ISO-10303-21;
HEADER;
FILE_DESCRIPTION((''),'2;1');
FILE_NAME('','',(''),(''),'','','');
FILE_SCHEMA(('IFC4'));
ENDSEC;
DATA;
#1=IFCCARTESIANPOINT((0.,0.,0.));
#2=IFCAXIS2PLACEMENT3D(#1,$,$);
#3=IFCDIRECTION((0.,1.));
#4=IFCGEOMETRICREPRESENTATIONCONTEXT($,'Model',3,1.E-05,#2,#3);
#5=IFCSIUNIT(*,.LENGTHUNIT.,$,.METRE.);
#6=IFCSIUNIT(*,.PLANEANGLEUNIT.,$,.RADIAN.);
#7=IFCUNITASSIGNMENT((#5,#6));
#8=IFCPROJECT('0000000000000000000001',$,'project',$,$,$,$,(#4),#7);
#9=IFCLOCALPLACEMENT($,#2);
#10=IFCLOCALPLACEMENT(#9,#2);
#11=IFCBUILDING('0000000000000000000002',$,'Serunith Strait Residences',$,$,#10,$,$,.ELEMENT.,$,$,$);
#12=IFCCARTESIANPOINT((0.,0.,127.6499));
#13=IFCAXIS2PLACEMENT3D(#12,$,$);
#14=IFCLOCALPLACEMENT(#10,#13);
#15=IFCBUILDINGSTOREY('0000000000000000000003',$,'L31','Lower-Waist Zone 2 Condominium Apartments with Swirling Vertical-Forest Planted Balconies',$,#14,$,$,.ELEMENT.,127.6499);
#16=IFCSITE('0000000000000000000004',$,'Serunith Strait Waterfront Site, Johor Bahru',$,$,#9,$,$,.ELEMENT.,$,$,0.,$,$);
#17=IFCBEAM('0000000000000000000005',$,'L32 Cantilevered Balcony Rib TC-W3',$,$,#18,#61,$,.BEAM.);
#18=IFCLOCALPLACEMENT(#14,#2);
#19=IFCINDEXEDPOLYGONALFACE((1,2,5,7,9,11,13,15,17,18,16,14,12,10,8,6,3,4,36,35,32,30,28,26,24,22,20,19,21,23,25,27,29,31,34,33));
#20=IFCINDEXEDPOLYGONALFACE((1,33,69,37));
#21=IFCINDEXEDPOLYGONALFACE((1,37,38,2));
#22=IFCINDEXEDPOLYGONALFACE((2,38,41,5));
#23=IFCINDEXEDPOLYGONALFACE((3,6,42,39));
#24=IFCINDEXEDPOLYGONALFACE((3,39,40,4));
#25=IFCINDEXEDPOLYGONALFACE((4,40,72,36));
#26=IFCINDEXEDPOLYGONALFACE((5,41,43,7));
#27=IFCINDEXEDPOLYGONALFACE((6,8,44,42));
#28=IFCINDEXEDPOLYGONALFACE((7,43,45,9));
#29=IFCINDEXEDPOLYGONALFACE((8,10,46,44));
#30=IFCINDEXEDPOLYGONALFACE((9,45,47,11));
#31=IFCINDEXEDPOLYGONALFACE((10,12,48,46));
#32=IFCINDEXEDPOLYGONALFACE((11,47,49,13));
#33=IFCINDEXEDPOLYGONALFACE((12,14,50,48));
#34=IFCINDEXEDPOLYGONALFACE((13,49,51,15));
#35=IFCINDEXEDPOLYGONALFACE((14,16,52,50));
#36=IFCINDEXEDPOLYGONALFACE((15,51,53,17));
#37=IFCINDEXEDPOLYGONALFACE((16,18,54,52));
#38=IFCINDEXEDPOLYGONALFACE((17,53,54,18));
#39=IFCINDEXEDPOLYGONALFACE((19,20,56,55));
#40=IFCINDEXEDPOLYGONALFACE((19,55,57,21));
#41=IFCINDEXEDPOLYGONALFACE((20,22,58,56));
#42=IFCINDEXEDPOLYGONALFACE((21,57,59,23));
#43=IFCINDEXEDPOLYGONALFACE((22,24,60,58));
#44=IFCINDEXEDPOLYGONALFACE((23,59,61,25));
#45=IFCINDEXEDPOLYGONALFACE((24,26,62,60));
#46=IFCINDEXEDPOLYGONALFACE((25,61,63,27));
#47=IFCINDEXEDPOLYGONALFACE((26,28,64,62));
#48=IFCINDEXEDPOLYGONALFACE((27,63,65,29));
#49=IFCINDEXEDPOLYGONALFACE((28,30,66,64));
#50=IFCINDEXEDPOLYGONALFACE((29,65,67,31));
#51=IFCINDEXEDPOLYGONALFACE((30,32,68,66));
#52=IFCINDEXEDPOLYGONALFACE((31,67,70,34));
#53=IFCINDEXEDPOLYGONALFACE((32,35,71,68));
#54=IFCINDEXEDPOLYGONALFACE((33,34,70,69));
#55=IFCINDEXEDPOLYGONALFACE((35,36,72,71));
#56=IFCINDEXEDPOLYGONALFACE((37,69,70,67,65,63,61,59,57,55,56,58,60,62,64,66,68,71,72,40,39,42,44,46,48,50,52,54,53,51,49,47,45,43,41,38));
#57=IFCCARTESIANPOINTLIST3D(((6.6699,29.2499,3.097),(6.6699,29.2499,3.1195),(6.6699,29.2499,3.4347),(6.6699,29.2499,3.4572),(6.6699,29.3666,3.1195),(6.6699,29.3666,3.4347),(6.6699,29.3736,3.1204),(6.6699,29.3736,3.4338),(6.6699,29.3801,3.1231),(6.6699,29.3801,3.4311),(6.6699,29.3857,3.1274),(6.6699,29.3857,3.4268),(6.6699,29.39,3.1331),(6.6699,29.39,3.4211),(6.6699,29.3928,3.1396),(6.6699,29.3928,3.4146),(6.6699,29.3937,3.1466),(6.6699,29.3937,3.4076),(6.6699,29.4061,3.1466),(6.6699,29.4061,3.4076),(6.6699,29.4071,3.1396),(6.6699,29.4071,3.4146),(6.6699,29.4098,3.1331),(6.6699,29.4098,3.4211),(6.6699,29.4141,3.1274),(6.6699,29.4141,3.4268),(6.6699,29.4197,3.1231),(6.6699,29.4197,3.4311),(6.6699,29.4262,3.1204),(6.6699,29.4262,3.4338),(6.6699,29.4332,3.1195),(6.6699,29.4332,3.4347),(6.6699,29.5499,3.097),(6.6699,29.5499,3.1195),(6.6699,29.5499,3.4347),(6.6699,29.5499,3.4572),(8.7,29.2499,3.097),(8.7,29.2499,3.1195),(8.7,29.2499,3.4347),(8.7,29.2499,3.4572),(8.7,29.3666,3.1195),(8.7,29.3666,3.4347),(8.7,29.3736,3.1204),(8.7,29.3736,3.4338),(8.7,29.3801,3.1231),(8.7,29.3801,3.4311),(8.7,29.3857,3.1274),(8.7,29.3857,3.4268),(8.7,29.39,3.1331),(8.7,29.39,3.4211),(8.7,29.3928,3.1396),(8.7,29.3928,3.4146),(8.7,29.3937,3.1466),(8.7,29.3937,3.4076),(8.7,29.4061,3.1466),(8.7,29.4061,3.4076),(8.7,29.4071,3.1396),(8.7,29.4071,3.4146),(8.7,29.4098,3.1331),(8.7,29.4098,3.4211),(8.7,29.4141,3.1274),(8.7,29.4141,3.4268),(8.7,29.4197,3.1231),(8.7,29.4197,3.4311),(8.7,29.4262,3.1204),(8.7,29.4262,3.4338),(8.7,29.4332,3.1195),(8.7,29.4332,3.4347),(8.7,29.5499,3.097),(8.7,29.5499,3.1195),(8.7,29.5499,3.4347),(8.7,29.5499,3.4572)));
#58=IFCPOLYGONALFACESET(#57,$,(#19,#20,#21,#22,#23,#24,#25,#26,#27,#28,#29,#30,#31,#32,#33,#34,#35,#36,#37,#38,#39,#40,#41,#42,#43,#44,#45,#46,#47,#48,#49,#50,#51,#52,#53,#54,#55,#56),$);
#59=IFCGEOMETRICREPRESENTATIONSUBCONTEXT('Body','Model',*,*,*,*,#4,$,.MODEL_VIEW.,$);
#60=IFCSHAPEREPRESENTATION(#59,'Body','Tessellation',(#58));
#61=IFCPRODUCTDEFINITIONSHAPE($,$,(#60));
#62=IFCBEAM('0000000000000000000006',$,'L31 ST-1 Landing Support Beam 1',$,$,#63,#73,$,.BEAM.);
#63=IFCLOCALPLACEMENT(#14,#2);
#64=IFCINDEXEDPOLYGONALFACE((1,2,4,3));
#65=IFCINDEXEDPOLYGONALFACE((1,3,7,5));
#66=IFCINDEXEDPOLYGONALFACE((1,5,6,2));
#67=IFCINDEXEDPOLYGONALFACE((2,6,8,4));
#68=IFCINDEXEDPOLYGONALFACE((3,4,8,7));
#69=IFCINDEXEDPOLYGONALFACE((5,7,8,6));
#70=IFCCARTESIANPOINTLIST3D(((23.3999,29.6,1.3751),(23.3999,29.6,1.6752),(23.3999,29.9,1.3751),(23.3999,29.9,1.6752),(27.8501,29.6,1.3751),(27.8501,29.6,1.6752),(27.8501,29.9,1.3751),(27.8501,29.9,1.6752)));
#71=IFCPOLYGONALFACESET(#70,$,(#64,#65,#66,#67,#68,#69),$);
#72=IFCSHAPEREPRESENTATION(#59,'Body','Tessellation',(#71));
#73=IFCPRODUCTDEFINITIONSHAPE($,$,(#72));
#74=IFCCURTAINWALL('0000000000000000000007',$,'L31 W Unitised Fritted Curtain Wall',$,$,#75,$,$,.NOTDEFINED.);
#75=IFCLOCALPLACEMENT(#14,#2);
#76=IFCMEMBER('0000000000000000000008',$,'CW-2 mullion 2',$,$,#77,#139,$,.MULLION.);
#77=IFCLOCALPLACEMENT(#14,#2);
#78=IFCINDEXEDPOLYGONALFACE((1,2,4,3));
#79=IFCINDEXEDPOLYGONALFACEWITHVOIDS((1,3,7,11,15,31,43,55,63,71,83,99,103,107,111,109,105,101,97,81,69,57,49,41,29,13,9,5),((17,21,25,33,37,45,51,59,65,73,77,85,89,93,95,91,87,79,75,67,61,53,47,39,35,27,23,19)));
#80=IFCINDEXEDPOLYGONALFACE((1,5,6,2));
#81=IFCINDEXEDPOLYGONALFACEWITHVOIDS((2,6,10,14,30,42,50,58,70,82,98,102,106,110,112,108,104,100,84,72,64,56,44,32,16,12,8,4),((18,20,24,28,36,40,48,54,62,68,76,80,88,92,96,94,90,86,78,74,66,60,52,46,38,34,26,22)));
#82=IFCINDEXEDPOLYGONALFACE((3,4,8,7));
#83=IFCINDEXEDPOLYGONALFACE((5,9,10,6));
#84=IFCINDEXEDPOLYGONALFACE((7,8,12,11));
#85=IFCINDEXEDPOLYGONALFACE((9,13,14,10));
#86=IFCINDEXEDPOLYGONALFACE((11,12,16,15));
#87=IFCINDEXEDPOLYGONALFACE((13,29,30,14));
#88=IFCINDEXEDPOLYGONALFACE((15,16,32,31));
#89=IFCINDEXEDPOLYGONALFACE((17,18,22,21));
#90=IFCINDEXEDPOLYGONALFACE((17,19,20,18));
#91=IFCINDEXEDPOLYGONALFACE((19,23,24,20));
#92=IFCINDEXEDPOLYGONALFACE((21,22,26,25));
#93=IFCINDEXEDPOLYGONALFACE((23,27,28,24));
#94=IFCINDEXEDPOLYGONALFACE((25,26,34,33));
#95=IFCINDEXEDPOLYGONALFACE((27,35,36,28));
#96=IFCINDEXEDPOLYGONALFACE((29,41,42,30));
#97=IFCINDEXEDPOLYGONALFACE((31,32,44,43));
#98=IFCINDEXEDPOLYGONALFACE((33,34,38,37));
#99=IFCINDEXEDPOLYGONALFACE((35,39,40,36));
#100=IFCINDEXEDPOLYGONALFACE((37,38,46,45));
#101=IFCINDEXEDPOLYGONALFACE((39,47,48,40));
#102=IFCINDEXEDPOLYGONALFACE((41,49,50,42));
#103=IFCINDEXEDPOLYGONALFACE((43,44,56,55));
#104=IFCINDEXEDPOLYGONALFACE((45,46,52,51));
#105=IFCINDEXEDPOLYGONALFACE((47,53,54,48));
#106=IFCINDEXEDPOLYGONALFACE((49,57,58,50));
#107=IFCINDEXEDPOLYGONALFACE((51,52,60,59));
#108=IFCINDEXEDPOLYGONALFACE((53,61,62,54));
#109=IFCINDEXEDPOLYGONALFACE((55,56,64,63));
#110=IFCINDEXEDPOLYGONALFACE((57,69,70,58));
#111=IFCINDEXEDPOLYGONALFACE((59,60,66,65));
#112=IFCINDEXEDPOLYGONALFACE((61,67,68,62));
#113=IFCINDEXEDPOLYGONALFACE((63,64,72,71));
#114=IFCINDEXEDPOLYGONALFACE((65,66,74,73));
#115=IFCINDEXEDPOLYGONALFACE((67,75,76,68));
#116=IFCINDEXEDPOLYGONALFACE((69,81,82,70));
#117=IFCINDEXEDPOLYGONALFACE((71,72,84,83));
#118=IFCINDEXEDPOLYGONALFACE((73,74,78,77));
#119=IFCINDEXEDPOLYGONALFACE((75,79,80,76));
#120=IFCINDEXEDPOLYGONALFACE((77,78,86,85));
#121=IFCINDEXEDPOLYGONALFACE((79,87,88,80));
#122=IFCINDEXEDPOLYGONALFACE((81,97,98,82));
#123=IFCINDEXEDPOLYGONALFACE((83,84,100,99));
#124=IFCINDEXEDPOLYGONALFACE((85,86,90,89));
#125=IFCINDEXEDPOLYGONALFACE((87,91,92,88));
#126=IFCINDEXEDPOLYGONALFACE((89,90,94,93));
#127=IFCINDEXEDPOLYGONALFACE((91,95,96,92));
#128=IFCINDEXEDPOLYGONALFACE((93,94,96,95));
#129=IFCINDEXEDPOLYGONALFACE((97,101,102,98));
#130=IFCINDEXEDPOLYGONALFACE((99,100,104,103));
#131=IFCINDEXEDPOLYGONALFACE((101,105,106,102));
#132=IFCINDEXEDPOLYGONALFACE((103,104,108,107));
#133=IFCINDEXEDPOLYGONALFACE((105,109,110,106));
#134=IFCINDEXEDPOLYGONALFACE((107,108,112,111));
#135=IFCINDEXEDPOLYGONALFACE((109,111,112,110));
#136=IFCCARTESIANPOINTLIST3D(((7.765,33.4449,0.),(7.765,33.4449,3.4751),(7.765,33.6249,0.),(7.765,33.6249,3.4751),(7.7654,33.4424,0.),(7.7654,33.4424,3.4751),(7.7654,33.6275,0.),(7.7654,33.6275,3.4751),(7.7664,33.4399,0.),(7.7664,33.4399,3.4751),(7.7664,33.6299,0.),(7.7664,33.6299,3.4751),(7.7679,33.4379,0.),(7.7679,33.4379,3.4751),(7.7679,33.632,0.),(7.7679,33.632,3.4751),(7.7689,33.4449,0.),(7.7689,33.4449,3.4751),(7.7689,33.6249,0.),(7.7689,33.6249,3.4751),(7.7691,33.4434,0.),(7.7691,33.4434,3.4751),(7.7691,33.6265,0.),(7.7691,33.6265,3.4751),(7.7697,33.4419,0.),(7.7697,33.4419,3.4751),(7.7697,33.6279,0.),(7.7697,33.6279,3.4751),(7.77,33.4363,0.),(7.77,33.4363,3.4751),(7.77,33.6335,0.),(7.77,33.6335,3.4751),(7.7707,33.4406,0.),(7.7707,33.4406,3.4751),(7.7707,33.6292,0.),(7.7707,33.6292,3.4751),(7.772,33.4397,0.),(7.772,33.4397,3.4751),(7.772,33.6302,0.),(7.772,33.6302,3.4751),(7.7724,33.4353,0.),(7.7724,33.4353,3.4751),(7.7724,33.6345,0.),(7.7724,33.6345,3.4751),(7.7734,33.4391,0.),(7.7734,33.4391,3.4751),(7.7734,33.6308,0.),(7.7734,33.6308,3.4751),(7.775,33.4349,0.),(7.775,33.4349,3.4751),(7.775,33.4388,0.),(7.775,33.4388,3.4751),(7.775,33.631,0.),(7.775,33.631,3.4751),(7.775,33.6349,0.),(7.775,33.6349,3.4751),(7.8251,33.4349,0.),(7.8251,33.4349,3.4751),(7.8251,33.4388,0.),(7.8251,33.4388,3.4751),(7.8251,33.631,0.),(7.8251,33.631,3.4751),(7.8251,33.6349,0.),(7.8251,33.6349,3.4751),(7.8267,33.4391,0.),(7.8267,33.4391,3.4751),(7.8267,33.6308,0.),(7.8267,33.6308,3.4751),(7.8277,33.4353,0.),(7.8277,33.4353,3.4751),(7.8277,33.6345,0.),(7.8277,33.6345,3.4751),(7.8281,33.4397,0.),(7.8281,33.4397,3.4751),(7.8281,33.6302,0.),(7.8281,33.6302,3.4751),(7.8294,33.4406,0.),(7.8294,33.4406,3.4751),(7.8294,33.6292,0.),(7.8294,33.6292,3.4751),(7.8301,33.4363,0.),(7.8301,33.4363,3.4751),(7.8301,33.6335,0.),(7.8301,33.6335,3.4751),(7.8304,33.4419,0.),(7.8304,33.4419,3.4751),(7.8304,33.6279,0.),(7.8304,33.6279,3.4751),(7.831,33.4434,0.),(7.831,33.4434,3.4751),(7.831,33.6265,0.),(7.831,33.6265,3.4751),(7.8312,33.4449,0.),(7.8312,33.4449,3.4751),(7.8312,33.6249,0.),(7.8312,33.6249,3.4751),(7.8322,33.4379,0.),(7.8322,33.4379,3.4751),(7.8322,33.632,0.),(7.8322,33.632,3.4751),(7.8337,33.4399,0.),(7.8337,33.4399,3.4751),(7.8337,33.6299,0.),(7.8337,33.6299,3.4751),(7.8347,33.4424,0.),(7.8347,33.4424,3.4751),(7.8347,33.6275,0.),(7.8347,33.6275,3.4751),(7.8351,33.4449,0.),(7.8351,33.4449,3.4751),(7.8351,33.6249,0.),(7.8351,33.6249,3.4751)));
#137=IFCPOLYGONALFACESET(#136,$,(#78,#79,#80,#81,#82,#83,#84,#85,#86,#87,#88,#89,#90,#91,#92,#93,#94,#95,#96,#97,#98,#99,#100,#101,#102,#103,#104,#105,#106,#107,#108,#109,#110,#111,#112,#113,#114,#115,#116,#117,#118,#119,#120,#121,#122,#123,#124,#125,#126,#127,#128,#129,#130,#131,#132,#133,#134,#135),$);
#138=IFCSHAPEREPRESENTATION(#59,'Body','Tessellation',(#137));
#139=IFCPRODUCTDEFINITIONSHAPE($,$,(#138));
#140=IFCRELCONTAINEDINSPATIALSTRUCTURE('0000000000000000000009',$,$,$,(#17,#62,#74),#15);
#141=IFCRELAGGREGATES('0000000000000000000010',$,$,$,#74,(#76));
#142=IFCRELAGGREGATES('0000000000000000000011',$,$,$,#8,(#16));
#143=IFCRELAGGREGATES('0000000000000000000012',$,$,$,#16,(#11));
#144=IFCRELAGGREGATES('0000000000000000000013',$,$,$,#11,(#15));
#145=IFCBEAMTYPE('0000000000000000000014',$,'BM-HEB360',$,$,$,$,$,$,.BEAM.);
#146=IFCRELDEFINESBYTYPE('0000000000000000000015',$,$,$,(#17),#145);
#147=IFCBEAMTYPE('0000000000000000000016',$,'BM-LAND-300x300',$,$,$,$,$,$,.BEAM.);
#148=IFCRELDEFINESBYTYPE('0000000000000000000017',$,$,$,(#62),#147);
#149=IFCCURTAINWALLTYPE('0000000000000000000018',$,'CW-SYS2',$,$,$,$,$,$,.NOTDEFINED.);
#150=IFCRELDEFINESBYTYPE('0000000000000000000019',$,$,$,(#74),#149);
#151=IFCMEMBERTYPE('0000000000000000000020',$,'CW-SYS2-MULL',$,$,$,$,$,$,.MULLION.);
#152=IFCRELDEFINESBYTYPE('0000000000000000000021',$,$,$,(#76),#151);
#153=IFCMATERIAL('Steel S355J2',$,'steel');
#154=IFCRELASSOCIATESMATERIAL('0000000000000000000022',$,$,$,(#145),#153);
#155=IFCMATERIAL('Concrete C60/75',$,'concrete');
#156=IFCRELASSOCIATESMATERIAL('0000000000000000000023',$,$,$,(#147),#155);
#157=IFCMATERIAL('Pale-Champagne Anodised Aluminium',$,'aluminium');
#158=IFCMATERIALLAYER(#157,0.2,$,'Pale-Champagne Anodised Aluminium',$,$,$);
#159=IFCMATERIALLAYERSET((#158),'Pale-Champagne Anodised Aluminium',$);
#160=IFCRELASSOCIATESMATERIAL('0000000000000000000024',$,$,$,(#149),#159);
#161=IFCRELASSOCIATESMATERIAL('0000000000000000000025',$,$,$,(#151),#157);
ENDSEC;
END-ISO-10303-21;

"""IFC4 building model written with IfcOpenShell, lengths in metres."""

from ifc_helpers import new_model, si_unit, direction, frame, origin, origin_2d, place, context, subcontext, project, spatial, rectangle, hollow_rectangle, i_section, extrude, source, transform, mapped, material, layer, layer_set, material_profile, profile_set, type_object, element, aggregate, save


model = new_model("IFC4")

# Units and contexts
model_context = context("Model", 3, precision=1e-05, world=origin(), true_north=direction((0.0, 1.0)))
body_context = subcontext(model_context, "Body", "Model", "MODEL_VIEW")
ifc_project = project(units=[si_unit("LENGTHUNIT", "METRE"), si_unit("PLANEANGLEUNIT", "RADIAN")], contexts=[model_context])

# Site, building, storey
site_placement = place(None, origin())
site = spatial("IfcSite", under=ifc_project, at=site_placement, Name="Serunith Strait Waterfront Site, Johor Bahru", CompositionType="ELEMENT", RefElevation=0.0)
building_placement = place(site_placement, origin())
building = spatial("IfcBuilding", under=site, at=building_placement, Name="Serunith Strait Residences", CompositionType="ELEMENT")
storey_placement = place(building_placement, frame((0.0, 0.0, 127.6499)))
storey = spatial("IfcBuildingStorey", under=building, at=storey_placement, Name="L31", Description="Lower-Waist Zone 2 Condominium Apartments with Swirling Vertical-Forest Planted Balconies", CompositionType="ELEMENT", Elevation=127.6499)

# Beams
ifc_material_1 = material(Name="Steel S355J2", Category="steel")
ifc_material_profile_1 = material_profile(ifc_material_1, i_section(OverallWidth=0.3, OverallDepth=0.3601, WebThickness=0.0125, FlangeThickness=0.0225, FilletRadius=0.0271, at=origin_2d()), Name="HEB 360")
ifc_profile_set_1 = profile_set([ifc_material_profile_1], Name="Steel S355J2")
beam_type_1 = type_object("IfcBeamType", Name="BM-HEB360", PredefinedType="BEAM", material=ifc_profile_set_1)
shared_shape_1 = source(origin(), body_context, "Body", "SweptSolid", [
    extrude(i_section(OverallWidth=0.3, OverallDepth=0.3601, WebThickness=0.0125, FlangeThickness=0.0225, FilletRadius=0.0271, at=origin_2d()), origin(), (0.0, 0.0, 1.0), 2.03),
])
beam_1_placement = place(storey_placement, frame((8.7, 29.3999, 3.2771), z_axis=(-1.0, 0.0, 0.0), x_axis=(0.0, -1.0, 0.0)))
element("IfcBeam", 1, at=beam_1_placement, inside=storey, type_object=beam_type_1, Name="L32 Cantilevered Balcony Rib TC-W3", PredefinedType="BEAM", context=body_context, shape_type="MappedRepresentation", body=[
    mapped(shared_shape_1, transform((0.0, 0.0, 0.0), scale=1.0)),
])
ifc_material_2 = material(Name="Concrete C60/75", Category="concrete")
ifc_material_profile_2 = material_profile(ifc_material_2, rectangle(XDim=0.3, YDim=0.3, at=origin_2d()), Name="RC 300x300")
ifc_profile_set_2 = profile_set([ifc_material_profile_2], Name="Concrete C60/75")
beam_type_2 = type_object("IfcBeamType", Name="BM-LAND-300x300", PredefinedType="BEAM", material=ifc_profile_set_2)
shared_shape_2 = source(origin(), body_context, "Body", "SweptSolid", [
    extrude(rectangle(XDim=0.3, YDim=0.3, at=origin_2d()), origin(), (0.0, 0.0, 1.0), 4.4502),
])
beam_2_placement = place(storey_placement, frame((23.3999, 29.75, 1.5251), z_axis=(1.0, 0.0, 0.0), x_axis=(0.0, 1.0, 0.0)))
element("IfcBeam", 2, at=beam_2_placement, inside=storey, type_object=beam_type_2, Name="L31 ST-1 Landing Support Beam 1", PredefinedType="BEAM", context=body_context, shape_type="MappedRepresentation", body=[
    mapped(shared_shape_2, transform((0.0, 0.0, 0.0), scale=1.0)),
])

# Curtain wall, member
ifc_material_3 = material(Name="Pale-Champagne Anodised Aluminium", Category="aluminium")
ifc_layer_1 = layer(ifc_material_3, 0.2, Name="Pale-Champagne Anodised Aluminium")
ifc_layer_set_1 = layer_set([ifc_layer_1], Name="Pale-Champagne Anodised Aluminium")
curtain_wall_type = type_object("IfcCurtainWallType", Name="CW-SYS2", PredefinedType="NOTDEFINED", material=ifc_layer_set_1)
curtain_wall_1_placement = place(storey_placement, origin())
curtain_wall_1 = element("IfcCurtainWall", 3, at=curtain_wall_1_placement, inside=storey, type_object=curtain_wall_type, Name="L31 W Unitised Fritted Curtain Wall", PredefinedType="NOTDEFINED")
ifc_material_profile_3 = material_profile(ifc_material_3, hollow_rectangle(XDim=0.0701, YDim=0.2, WallThickness=0.0039, InnerFilletRadius=0.0061, OuterFilletRadius=0.01, at=origin_2d()), Name="ALU 200x70x4")
ifc_profile_set_3 = profile_set([ifc_material_profile_3], Name="Pale-Champagne Anodised Aluminium")
member_type_1 = type_object("IfcMemberType", Name="CW-SYS2-MULL", PredefinedType="MULLION", material=ifc_profile_set_3)
shared_shape_3 = source(origin(), body_context, "Body", "SweptSolid", [
    extrude(hollow_rectangle(XDim=0.0701, YDim=0.2, WallThickness=0.0039, InnerFilletRadius=0.0061, OuterFilletRadius=0.01, at=origin_2d()), origin(), (0.0, 0.0, 1.0), 3.4751),
])
member_1_placement = place(storey_placement, frame((7.8, 33.5349, 0.0), z_axis=(0.0, 0.0, 1.0), x_axis=(1.0, 0.0, 0.0)))
member_1 = element("IfcMember", 4, at=member_1_placement, type_object=member_type_1, Name="CW-2 mullion 2", PredefinedType="MULLION", context=body_context, shape_type="MappedRepresentation", body=[
    mapped(shared_shape_3, transform((0.0, 0.0, 0.0), scale=1.0)),
])
aggregate(curtain_wall_1, [member_1])

save(model, "model.ifc")
